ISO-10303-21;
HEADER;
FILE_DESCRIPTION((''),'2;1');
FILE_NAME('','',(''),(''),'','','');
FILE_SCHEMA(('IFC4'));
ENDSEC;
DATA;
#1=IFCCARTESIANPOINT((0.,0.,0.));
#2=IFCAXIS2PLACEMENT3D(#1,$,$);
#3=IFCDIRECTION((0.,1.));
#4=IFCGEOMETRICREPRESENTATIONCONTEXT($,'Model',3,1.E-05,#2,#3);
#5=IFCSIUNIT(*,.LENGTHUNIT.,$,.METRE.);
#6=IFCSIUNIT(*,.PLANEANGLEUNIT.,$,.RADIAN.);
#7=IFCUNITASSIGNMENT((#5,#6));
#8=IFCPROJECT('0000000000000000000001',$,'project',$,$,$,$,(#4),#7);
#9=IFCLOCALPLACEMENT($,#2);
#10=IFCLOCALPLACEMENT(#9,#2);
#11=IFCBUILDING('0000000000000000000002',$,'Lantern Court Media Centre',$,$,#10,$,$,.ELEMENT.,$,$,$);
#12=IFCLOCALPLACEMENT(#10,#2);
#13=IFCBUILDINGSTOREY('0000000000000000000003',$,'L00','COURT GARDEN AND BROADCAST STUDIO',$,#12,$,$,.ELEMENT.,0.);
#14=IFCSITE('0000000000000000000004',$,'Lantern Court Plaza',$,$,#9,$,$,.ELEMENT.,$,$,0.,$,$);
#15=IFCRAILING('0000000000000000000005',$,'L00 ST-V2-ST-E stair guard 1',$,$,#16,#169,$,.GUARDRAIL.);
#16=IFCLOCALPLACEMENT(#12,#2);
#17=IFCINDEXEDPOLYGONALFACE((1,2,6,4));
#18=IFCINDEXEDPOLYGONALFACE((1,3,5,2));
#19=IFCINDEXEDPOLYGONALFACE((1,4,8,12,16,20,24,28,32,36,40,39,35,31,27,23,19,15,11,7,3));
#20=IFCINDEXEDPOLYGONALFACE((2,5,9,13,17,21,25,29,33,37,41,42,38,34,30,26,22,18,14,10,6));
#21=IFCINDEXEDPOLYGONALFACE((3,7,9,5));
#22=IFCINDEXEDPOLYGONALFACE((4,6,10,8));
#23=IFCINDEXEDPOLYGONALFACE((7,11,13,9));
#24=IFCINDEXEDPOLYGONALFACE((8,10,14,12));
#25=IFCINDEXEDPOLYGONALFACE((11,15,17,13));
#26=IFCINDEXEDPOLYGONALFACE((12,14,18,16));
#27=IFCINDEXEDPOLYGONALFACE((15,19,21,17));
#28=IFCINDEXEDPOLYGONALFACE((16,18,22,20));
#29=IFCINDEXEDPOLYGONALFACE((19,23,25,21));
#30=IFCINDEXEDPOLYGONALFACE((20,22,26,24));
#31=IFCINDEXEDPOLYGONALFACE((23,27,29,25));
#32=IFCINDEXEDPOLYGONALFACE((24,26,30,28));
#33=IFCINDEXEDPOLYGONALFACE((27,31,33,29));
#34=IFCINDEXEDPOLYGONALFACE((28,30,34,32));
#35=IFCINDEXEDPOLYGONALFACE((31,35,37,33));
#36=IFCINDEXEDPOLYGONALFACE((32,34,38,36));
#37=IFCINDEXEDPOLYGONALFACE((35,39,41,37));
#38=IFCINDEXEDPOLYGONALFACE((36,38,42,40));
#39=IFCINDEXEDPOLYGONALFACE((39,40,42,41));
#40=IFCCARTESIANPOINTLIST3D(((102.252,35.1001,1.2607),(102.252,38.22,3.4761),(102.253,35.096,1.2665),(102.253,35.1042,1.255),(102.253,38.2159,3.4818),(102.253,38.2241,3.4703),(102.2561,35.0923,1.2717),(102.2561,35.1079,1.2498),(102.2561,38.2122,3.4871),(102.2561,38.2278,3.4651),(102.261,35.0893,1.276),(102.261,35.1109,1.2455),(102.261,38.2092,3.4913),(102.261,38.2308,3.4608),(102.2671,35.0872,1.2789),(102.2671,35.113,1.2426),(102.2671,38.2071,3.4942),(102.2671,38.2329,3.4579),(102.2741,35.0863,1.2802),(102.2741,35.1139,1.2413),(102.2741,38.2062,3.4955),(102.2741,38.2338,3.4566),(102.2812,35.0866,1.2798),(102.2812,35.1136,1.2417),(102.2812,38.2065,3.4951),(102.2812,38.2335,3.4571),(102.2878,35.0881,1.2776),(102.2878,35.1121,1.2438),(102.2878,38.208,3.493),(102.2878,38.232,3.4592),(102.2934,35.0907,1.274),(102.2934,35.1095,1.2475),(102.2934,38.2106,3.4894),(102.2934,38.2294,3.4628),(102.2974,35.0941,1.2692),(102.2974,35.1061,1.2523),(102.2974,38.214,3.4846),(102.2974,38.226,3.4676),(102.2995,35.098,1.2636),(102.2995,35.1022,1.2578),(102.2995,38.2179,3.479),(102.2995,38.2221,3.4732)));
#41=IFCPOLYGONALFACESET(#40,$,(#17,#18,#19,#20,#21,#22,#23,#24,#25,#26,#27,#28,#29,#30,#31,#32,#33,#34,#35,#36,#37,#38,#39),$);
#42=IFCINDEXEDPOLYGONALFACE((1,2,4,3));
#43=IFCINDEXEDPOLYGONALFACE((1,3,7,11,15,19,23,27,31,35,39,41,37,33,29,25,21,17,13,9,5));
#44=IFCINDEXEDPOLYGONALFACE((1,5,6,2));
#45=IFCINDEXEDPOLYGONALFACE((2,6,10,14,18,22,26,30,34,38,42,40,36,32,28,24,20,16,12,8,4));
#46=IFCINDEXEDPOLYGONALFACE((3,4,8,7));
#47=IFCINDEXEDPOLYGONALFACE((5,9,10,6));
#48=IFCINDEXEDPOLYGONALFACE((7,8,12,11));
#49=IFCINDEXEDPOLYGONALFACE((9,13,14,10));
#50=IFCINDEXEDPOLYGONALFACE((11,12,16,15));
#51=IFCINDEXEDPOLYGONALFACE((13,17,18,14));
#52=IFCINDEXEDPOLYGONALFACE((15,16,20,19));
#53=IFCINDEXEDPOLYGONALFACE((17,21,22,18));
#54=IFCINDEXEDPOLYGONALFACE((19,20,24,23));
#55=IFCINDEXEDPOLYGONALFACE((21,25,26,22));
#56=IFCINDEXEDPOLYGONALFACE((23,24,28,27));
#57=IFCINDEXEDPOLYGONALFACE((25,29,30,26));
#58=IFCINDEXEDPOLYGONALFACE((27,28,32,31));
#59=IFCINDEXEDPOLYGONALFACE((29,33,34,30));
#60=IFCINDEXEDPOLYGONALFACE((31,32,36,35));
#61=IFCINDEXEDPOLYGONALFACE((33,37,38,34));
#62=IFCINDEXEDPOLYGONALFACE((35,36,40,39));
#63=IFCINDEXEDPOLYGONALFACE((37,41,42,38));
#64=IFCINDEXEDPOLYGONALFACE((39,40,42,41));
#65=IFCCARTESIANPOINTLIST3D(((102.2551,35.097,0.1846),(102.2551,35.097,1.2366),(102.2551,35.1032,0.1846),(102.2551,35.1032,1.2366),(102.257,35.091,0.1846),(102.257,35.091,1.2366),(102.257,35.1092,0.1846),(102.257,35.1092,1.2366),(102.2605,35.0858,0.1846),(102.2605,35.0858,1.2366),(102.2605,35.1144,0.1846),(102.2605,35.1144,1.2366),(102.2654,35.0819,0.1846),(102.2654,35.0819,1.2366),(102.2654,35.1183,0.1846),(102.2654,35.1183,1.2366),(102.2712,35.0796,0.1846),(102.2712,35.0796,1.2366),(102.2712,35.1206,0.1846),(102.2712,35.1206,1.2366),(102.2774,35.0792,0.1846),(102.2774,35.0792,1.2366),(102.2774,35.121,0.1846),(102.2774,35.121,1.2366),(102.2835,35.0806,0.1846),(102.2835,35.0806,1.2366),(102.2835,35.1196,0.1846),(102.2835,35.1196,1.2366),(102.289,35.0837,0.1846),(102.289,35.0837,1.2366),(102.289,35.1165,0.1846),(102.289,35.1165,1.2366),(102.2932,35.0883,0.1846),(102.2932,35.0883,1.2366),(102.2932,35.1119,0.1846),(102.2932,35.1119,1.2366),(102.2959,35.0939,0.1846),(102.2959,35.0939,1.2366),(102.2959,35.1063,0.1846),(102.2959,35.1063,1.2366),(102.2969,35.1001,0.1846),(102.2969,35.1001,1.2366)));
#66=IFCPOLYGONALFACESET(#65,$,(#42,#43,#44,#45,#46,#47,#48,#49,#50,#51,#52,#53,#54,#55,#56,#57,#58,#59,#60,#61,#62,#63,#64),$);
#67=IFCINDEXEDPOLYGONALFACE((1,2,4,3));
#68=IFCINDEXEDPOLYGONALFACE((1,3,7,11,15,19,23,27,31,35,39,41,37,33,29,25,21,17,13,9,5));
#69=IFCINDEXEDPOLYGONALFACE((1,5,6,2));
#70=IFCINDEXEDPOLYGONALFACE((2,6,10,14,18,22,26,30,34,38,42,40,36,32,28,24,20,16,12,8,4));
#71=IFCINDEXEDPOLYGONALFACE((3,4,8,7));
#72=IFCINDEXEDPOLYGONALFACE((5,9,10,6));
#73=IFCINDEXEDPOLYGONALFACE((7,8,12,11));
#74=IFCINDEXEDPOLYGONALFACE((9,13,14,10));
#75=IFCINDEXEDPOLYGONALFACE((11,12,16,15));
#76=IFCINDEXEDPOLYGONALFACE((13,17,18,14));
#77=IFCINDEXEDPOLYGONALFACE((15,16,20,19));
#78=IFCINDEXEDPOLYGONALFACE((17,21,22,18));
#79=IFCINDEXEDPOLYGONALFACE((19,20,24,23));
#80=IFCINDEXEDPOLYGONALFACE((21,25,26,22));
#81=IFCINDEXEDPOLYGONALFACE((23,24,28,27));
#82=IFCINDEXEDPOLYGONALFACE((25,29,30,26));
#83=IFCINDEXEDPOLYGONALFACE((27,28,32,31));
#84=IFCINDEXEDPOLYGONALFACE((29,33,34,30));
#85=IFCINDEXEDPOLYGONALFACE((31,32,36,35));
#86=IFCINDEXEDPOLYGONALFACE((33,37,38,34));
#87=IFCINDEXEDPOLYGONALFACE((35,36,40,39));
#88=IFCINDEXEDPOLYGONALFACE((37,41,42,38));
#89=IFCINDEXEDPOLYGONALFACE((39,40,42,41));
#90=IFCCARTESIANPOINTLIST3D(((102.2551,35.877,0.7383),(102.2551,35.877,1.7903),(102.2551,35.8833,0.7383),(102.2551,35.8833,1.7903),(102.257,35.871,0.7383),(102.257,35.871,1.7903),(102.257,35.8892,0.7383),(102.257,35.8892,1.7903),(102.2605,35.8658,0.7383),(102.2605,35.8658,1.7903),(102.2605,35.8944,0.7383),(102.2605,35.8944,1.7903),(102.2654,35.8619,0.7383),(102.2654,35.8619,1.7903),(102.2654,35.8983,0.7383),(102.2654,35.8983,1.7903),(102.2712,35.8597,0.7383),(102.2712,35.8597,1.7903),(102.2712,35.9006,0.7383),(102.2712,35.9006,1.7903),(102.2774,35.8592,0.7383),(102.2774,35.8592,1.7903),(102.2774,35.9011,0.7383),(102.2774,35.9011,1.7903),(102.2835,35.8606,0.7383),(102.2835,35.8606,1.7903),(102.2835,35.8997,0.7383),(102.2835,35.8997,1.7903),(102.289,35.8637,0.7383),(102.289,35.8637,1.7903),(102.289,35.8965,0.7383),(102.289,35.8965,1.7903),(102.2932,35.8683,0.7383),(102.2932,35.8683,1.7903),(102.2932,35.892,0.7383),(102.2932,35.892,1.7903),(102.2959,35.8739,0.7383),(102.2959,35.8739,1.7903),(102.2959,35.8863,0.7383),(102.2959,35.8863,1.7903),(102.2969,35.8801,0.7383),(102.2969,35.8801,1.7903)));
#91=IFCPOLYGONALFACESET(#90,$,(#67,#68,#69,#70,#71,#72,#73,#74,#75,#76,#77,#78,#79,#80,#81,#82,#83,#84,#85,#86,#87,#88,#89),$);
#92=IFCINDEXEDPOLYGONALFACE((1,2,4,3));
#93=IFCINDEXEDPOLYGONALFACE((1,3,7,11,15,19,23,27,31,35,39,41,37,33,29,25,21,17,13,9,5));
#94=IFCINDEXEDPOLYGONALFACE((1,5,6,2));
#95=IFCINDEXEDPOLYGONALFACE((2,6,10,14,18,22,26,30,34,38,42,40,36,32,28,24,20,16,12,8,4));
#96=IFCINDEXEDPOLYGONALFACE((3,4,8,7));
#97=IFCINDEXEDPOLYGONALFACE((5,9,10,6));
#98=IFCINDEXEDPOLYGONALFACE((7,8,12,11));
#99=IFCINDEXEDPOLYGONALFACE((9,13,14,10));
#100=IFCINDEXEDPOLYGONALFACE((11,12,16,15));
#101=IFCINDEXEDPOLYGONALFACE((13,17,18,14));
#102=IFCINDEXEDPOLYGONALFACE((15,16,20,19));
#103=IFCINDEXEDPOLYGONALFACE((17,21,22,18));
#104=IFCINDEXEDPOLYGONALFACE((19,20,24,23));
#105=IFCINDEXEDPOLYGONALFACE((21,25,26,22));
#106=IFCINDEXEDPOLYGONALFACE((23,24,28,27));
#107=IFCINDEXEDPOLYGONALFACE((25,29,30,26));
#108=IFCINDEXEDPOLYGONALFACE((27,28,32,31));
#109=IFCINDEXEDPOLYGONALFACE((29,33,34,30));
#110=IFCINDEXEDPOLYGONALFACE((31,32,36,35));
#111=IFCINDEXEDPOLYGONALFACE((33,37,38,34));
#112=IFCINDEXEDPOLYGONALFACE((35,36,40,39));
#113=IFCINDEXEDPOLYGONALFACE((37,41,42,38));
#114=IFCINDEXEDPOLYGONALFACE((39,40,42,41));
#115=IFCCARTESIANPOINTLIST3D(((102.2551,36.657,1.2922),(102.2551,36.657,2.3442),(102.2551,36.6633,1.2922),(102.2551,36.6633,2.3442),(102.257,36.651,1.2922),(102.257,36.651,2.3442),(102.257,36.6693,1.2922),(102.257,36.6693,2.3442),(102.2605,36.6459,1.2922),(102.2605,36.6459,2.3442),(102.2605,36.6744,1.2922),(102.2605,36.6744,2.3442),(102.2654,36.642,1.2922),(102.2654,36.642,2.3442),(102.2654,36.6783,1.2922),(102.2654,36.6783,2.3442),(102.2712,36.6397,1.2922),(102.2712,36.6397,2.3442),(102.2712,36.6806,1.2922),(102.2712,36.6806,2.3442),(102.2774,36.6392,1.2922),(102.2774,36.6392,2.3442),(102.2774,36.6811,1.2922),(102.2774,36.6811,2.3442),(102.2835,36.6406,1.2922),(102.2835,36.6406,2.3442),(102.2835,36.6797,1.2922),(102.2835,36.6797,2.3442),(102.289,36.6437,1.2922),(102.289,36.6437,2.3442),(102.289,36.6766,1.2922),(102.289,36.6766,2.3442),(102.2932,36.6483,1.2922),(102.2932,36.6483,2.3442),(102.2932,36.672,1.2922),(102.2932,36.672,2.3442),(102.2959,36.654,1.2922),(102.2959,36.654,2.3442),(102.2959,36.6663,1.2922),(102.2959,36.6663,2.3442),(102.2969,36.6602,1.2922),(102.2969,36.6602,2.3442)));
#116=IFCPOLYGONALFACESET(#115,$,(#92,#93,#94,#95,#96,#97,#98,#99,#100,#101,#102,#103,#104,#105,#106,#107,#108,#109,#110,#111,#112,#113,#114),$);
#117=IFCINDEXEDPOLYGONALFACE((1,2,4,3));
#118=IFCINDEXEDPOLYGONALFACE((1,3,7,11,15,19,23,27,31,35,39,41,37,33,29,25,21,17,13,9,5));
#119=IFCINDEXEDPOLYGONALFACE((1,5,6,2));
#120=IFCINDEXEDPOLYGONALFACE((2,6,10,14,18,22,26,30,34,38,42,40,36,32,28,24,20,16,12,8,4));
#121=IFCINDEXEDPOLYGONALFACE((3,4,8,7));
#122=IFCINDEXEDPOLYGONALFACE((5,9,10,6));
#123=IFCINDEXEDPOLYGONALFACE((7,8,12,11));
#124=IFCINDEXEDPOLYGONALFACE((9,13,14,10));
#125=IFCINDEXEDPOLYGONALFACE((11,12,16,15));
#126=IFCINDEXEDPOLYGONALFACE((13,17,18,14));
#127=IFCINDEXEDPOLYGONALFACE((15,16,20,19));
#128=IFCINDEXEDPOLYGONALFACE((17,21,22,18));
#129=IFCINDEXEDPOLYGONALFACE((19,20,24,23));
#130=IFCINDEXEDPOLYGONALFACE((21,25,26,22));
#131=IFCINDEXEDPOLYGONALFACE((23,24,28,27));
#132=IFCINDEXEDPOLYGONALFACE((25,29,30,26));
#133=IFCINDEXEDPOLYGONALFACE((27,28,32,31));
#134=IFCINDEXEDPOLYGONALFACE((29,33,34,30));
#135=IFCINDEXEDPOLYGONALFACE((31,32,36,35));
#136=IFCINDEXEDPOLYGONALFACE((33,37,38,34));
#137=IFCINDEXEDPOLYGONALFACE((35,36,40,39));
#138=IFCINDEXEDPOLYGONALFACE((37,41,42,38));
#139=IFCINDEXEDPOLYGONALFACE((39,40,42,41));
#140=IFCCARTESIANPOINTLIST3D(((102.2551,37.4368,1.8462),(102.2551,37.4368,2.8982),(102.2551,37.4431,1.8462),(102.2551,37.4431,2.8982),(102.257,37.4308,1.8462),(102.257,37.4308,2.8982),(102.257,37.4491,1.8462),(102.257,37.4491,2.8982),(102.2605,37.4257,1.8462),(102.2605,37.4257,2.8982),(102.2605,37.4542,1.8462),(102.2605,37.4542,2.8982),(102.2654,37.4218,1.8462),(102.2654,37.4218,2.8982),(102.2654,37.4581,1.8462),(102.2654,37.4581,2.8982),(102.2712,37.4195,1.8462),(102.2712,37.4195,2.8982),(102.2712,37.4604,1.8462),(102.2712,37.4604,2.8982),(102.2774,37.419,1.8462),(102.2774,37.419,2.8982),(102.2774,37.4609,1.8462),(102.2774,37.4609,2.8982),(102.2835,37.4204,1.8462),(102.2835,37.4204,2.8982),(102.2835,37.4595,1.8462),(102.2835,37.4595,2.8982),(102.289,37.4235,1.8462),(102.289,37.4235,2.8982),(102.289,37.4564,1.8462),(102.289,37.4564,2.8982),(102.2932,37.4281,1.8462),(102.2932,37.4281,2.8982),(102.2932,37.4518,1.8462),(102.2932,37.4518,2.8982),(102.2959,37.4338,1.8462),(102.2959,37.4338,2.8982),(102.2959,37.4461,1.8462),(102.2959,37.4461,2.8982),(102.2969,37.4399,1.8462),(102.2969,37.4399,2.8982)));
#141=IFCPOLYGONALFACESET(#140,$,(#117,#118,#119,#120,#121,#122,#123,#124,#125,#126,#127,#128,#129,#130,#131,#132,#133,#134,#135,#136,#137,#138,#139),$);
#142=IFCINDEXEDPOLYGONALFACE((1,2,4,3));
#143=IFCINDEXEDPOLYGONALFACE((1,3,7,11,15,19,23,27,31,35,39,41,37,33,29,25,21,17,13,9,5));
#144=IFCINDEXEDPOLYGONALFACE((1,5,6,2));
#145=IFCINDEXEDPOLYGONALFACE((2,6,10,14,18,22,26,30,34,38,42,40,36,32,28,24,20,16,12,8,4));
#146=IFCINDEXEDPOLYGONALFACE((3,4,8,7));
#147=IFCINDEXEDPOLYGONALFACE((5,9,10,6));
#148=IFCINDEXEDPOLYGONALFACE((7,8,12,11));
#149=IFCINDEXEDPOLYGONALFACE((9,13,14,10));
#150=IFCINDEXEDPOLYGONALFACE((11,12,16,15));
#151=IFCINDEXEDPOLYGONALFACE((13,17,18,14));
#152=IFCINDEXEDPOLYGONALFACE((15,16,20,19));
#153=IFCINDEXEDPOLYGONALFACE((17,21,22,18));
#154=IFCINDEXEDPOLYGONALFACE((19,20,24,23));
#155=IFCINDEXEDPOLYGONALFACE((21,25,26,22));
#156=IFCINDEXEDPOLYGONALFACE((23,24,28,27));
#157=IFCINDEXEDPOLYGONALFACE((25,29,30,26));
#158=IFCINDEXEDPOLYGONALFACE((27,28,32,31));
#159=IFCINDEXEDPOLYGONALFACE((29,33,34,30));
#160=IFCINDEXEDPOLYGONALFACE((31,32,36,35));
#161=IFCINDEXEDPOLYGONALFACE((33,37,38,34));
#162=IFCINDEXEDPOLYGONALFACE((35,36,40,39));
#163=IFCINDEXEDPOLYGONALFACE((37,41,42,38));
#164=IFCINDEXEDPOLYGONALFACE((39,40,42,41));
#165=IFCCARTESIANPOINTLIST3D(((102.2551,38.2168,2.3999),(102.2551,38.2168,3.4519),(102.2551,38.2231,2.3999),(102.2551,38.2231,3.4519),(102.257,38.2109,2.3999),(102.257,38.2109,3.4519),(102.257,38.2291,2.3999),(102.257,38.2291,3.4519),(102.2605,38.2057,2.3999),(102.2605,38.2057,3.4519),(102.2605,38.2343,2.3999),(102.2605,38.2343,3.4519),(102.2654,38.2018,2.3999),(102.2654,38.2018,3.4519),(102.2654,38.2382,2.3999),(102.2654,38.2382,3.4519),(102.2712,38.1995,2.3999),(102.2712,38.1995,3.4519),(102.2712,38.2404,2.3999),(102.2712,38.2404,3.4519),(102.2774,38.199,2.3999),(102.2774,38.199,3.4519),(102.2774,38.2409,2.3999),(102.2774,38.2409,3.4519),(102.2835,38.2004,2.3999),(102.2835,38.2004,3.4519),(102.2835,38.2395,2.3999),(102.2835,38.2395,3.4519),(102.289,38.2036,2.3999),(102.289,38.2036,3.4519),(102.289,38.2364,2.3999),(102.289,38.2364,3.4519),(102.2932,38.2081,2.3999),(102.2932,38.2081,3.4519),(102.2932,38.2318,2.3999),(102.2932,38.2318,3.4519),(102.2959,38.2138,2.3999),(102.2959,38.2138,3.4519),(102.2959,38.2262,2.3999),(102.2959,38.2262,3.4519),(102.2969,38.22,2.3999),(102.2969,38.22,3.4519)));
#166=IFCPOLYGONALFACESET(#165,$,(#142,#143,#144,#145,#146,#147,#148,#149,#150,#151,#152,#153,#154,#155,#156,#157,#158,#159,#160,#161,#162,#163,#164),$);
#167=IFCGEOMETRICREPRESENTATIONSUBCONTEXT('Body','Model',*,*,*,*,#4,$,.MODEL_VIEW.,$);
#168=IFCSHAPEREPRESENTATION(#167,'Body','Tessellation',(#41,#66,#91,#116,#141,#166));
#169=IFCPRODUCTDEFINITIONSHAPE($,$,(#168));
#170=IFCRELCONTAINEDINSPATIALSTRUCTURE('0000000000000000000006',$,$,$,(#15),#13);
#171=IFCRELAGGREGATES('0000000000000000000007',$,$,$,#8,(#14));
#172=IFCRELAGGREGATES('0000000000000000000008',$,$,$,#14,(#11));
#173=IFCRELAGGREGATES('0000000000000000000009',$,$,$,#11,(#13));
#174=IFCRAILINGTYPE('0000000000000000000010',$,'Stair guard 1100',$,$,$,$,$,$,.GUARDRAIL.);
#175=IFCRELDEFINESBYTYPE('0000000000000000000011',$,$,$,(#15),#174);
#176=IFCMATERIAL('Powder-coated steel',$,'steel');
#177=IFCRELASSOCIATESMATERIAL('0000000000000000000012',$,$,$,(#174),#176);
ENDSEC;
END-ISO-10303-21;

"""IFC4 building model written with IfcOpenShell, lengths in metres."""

from ifc_helpers import new_model, si_unit, direction, frame, origin, origin_2d, place, context, subcontext, project, spatial, circle, extrude, material, type_object, element, save


model = new_model("IFC4")

# Units and contexts
model_context = context("Model", 3, precision=1e-05, world=origin(), true_north=direction((0.0, 1.0)))
body_context = subcontext(model_context, "Body", "Model", "MODEL_VIEW")
ifc_project = project(units=[si_unit("LENGTHUNIT", "METRE"), si_unit("PLANEANGLEUNIT", "RADIAN")], contexts=[model_context])

# Site, building, storey
site_placement = place(None, origin())
site = spatial("IfcSite", under=ifc_project, at=site_placement, Name="Lantern Court Plaza", CompositionType="ELEMENT", RefElevation=0.0)
building_placement = place(site_placement, origin())
building = spatial("IfcBuilding", under=site, at=building_placement, Name="Lantern Court Media Centre", CompositionType="ELEMENT")
storey_placement = place(building_placement, origin())
storey = spatial("IfcBuildingStorey", under=building, at=storey_placement, Name="L00", Description="COURT GARDEN AND BROADCAST STUDIO", CompositionType="ELEMENT", Elevation=0.0)

# Railing
ifc_material_1 = material(Name="Powder-coated steel", Category="steel")
railing_type_1 = type_object("IfcRailingType", Name="Stair guard 1100", PredefinedType="GUARDRAIL", material=ifc_material_1)
railing_1_placement = place(storey_placement, frame((102.2759, 35.1001, 0.1846)))
element("IfcRailing", 1, at=railing_1_placement, inside=storey, type_object=railing_type_1, Name="L00 ST-V2-ST-E stair guard 1", PredefinedType="GUARDRAIL", context=body_context, shape_type="SweptSolid", body=[
    extrude(circle(Radius=0.0239, at=origin_2d()), frame((0.0, 0.0, 1.0762), z_axis=(0.0, 0.815356, 0.578961), x_axis=(-1.0, 0.0, 0.0)), (0.0, 0.0, 1.0), 3.8264),
    extrude(circle(Radius=0.021, at=origin_2d()), origin(), (0.0, 0.0, 1.0), 1.052),
    extrude(circle(Radius=0.021, at=origin_2d()), frame((0.0, 0.78, 0.5537)), (0.0, 0.0, 1.0), 1.052),
    extrude(circle(Radius=0.021, at=origin_2d()), frame((0.0, 1.5601, 1.1077)), (0.0, 0.0, 1.0), 1.052),
    extrude(circle(Radius=0.021, at=origin_2d()), frame((0.0, 2.3398, 1.6616)), (0.0, 0.0, 1.0), 1.052),
    extrude(circle(Radius=0.021, at=origin_2d()), frame((0.0, 3.1199, 2.2153)), (0.0, 0.0, 1.0), 1.052),
])

save(model, "model.ifc")
